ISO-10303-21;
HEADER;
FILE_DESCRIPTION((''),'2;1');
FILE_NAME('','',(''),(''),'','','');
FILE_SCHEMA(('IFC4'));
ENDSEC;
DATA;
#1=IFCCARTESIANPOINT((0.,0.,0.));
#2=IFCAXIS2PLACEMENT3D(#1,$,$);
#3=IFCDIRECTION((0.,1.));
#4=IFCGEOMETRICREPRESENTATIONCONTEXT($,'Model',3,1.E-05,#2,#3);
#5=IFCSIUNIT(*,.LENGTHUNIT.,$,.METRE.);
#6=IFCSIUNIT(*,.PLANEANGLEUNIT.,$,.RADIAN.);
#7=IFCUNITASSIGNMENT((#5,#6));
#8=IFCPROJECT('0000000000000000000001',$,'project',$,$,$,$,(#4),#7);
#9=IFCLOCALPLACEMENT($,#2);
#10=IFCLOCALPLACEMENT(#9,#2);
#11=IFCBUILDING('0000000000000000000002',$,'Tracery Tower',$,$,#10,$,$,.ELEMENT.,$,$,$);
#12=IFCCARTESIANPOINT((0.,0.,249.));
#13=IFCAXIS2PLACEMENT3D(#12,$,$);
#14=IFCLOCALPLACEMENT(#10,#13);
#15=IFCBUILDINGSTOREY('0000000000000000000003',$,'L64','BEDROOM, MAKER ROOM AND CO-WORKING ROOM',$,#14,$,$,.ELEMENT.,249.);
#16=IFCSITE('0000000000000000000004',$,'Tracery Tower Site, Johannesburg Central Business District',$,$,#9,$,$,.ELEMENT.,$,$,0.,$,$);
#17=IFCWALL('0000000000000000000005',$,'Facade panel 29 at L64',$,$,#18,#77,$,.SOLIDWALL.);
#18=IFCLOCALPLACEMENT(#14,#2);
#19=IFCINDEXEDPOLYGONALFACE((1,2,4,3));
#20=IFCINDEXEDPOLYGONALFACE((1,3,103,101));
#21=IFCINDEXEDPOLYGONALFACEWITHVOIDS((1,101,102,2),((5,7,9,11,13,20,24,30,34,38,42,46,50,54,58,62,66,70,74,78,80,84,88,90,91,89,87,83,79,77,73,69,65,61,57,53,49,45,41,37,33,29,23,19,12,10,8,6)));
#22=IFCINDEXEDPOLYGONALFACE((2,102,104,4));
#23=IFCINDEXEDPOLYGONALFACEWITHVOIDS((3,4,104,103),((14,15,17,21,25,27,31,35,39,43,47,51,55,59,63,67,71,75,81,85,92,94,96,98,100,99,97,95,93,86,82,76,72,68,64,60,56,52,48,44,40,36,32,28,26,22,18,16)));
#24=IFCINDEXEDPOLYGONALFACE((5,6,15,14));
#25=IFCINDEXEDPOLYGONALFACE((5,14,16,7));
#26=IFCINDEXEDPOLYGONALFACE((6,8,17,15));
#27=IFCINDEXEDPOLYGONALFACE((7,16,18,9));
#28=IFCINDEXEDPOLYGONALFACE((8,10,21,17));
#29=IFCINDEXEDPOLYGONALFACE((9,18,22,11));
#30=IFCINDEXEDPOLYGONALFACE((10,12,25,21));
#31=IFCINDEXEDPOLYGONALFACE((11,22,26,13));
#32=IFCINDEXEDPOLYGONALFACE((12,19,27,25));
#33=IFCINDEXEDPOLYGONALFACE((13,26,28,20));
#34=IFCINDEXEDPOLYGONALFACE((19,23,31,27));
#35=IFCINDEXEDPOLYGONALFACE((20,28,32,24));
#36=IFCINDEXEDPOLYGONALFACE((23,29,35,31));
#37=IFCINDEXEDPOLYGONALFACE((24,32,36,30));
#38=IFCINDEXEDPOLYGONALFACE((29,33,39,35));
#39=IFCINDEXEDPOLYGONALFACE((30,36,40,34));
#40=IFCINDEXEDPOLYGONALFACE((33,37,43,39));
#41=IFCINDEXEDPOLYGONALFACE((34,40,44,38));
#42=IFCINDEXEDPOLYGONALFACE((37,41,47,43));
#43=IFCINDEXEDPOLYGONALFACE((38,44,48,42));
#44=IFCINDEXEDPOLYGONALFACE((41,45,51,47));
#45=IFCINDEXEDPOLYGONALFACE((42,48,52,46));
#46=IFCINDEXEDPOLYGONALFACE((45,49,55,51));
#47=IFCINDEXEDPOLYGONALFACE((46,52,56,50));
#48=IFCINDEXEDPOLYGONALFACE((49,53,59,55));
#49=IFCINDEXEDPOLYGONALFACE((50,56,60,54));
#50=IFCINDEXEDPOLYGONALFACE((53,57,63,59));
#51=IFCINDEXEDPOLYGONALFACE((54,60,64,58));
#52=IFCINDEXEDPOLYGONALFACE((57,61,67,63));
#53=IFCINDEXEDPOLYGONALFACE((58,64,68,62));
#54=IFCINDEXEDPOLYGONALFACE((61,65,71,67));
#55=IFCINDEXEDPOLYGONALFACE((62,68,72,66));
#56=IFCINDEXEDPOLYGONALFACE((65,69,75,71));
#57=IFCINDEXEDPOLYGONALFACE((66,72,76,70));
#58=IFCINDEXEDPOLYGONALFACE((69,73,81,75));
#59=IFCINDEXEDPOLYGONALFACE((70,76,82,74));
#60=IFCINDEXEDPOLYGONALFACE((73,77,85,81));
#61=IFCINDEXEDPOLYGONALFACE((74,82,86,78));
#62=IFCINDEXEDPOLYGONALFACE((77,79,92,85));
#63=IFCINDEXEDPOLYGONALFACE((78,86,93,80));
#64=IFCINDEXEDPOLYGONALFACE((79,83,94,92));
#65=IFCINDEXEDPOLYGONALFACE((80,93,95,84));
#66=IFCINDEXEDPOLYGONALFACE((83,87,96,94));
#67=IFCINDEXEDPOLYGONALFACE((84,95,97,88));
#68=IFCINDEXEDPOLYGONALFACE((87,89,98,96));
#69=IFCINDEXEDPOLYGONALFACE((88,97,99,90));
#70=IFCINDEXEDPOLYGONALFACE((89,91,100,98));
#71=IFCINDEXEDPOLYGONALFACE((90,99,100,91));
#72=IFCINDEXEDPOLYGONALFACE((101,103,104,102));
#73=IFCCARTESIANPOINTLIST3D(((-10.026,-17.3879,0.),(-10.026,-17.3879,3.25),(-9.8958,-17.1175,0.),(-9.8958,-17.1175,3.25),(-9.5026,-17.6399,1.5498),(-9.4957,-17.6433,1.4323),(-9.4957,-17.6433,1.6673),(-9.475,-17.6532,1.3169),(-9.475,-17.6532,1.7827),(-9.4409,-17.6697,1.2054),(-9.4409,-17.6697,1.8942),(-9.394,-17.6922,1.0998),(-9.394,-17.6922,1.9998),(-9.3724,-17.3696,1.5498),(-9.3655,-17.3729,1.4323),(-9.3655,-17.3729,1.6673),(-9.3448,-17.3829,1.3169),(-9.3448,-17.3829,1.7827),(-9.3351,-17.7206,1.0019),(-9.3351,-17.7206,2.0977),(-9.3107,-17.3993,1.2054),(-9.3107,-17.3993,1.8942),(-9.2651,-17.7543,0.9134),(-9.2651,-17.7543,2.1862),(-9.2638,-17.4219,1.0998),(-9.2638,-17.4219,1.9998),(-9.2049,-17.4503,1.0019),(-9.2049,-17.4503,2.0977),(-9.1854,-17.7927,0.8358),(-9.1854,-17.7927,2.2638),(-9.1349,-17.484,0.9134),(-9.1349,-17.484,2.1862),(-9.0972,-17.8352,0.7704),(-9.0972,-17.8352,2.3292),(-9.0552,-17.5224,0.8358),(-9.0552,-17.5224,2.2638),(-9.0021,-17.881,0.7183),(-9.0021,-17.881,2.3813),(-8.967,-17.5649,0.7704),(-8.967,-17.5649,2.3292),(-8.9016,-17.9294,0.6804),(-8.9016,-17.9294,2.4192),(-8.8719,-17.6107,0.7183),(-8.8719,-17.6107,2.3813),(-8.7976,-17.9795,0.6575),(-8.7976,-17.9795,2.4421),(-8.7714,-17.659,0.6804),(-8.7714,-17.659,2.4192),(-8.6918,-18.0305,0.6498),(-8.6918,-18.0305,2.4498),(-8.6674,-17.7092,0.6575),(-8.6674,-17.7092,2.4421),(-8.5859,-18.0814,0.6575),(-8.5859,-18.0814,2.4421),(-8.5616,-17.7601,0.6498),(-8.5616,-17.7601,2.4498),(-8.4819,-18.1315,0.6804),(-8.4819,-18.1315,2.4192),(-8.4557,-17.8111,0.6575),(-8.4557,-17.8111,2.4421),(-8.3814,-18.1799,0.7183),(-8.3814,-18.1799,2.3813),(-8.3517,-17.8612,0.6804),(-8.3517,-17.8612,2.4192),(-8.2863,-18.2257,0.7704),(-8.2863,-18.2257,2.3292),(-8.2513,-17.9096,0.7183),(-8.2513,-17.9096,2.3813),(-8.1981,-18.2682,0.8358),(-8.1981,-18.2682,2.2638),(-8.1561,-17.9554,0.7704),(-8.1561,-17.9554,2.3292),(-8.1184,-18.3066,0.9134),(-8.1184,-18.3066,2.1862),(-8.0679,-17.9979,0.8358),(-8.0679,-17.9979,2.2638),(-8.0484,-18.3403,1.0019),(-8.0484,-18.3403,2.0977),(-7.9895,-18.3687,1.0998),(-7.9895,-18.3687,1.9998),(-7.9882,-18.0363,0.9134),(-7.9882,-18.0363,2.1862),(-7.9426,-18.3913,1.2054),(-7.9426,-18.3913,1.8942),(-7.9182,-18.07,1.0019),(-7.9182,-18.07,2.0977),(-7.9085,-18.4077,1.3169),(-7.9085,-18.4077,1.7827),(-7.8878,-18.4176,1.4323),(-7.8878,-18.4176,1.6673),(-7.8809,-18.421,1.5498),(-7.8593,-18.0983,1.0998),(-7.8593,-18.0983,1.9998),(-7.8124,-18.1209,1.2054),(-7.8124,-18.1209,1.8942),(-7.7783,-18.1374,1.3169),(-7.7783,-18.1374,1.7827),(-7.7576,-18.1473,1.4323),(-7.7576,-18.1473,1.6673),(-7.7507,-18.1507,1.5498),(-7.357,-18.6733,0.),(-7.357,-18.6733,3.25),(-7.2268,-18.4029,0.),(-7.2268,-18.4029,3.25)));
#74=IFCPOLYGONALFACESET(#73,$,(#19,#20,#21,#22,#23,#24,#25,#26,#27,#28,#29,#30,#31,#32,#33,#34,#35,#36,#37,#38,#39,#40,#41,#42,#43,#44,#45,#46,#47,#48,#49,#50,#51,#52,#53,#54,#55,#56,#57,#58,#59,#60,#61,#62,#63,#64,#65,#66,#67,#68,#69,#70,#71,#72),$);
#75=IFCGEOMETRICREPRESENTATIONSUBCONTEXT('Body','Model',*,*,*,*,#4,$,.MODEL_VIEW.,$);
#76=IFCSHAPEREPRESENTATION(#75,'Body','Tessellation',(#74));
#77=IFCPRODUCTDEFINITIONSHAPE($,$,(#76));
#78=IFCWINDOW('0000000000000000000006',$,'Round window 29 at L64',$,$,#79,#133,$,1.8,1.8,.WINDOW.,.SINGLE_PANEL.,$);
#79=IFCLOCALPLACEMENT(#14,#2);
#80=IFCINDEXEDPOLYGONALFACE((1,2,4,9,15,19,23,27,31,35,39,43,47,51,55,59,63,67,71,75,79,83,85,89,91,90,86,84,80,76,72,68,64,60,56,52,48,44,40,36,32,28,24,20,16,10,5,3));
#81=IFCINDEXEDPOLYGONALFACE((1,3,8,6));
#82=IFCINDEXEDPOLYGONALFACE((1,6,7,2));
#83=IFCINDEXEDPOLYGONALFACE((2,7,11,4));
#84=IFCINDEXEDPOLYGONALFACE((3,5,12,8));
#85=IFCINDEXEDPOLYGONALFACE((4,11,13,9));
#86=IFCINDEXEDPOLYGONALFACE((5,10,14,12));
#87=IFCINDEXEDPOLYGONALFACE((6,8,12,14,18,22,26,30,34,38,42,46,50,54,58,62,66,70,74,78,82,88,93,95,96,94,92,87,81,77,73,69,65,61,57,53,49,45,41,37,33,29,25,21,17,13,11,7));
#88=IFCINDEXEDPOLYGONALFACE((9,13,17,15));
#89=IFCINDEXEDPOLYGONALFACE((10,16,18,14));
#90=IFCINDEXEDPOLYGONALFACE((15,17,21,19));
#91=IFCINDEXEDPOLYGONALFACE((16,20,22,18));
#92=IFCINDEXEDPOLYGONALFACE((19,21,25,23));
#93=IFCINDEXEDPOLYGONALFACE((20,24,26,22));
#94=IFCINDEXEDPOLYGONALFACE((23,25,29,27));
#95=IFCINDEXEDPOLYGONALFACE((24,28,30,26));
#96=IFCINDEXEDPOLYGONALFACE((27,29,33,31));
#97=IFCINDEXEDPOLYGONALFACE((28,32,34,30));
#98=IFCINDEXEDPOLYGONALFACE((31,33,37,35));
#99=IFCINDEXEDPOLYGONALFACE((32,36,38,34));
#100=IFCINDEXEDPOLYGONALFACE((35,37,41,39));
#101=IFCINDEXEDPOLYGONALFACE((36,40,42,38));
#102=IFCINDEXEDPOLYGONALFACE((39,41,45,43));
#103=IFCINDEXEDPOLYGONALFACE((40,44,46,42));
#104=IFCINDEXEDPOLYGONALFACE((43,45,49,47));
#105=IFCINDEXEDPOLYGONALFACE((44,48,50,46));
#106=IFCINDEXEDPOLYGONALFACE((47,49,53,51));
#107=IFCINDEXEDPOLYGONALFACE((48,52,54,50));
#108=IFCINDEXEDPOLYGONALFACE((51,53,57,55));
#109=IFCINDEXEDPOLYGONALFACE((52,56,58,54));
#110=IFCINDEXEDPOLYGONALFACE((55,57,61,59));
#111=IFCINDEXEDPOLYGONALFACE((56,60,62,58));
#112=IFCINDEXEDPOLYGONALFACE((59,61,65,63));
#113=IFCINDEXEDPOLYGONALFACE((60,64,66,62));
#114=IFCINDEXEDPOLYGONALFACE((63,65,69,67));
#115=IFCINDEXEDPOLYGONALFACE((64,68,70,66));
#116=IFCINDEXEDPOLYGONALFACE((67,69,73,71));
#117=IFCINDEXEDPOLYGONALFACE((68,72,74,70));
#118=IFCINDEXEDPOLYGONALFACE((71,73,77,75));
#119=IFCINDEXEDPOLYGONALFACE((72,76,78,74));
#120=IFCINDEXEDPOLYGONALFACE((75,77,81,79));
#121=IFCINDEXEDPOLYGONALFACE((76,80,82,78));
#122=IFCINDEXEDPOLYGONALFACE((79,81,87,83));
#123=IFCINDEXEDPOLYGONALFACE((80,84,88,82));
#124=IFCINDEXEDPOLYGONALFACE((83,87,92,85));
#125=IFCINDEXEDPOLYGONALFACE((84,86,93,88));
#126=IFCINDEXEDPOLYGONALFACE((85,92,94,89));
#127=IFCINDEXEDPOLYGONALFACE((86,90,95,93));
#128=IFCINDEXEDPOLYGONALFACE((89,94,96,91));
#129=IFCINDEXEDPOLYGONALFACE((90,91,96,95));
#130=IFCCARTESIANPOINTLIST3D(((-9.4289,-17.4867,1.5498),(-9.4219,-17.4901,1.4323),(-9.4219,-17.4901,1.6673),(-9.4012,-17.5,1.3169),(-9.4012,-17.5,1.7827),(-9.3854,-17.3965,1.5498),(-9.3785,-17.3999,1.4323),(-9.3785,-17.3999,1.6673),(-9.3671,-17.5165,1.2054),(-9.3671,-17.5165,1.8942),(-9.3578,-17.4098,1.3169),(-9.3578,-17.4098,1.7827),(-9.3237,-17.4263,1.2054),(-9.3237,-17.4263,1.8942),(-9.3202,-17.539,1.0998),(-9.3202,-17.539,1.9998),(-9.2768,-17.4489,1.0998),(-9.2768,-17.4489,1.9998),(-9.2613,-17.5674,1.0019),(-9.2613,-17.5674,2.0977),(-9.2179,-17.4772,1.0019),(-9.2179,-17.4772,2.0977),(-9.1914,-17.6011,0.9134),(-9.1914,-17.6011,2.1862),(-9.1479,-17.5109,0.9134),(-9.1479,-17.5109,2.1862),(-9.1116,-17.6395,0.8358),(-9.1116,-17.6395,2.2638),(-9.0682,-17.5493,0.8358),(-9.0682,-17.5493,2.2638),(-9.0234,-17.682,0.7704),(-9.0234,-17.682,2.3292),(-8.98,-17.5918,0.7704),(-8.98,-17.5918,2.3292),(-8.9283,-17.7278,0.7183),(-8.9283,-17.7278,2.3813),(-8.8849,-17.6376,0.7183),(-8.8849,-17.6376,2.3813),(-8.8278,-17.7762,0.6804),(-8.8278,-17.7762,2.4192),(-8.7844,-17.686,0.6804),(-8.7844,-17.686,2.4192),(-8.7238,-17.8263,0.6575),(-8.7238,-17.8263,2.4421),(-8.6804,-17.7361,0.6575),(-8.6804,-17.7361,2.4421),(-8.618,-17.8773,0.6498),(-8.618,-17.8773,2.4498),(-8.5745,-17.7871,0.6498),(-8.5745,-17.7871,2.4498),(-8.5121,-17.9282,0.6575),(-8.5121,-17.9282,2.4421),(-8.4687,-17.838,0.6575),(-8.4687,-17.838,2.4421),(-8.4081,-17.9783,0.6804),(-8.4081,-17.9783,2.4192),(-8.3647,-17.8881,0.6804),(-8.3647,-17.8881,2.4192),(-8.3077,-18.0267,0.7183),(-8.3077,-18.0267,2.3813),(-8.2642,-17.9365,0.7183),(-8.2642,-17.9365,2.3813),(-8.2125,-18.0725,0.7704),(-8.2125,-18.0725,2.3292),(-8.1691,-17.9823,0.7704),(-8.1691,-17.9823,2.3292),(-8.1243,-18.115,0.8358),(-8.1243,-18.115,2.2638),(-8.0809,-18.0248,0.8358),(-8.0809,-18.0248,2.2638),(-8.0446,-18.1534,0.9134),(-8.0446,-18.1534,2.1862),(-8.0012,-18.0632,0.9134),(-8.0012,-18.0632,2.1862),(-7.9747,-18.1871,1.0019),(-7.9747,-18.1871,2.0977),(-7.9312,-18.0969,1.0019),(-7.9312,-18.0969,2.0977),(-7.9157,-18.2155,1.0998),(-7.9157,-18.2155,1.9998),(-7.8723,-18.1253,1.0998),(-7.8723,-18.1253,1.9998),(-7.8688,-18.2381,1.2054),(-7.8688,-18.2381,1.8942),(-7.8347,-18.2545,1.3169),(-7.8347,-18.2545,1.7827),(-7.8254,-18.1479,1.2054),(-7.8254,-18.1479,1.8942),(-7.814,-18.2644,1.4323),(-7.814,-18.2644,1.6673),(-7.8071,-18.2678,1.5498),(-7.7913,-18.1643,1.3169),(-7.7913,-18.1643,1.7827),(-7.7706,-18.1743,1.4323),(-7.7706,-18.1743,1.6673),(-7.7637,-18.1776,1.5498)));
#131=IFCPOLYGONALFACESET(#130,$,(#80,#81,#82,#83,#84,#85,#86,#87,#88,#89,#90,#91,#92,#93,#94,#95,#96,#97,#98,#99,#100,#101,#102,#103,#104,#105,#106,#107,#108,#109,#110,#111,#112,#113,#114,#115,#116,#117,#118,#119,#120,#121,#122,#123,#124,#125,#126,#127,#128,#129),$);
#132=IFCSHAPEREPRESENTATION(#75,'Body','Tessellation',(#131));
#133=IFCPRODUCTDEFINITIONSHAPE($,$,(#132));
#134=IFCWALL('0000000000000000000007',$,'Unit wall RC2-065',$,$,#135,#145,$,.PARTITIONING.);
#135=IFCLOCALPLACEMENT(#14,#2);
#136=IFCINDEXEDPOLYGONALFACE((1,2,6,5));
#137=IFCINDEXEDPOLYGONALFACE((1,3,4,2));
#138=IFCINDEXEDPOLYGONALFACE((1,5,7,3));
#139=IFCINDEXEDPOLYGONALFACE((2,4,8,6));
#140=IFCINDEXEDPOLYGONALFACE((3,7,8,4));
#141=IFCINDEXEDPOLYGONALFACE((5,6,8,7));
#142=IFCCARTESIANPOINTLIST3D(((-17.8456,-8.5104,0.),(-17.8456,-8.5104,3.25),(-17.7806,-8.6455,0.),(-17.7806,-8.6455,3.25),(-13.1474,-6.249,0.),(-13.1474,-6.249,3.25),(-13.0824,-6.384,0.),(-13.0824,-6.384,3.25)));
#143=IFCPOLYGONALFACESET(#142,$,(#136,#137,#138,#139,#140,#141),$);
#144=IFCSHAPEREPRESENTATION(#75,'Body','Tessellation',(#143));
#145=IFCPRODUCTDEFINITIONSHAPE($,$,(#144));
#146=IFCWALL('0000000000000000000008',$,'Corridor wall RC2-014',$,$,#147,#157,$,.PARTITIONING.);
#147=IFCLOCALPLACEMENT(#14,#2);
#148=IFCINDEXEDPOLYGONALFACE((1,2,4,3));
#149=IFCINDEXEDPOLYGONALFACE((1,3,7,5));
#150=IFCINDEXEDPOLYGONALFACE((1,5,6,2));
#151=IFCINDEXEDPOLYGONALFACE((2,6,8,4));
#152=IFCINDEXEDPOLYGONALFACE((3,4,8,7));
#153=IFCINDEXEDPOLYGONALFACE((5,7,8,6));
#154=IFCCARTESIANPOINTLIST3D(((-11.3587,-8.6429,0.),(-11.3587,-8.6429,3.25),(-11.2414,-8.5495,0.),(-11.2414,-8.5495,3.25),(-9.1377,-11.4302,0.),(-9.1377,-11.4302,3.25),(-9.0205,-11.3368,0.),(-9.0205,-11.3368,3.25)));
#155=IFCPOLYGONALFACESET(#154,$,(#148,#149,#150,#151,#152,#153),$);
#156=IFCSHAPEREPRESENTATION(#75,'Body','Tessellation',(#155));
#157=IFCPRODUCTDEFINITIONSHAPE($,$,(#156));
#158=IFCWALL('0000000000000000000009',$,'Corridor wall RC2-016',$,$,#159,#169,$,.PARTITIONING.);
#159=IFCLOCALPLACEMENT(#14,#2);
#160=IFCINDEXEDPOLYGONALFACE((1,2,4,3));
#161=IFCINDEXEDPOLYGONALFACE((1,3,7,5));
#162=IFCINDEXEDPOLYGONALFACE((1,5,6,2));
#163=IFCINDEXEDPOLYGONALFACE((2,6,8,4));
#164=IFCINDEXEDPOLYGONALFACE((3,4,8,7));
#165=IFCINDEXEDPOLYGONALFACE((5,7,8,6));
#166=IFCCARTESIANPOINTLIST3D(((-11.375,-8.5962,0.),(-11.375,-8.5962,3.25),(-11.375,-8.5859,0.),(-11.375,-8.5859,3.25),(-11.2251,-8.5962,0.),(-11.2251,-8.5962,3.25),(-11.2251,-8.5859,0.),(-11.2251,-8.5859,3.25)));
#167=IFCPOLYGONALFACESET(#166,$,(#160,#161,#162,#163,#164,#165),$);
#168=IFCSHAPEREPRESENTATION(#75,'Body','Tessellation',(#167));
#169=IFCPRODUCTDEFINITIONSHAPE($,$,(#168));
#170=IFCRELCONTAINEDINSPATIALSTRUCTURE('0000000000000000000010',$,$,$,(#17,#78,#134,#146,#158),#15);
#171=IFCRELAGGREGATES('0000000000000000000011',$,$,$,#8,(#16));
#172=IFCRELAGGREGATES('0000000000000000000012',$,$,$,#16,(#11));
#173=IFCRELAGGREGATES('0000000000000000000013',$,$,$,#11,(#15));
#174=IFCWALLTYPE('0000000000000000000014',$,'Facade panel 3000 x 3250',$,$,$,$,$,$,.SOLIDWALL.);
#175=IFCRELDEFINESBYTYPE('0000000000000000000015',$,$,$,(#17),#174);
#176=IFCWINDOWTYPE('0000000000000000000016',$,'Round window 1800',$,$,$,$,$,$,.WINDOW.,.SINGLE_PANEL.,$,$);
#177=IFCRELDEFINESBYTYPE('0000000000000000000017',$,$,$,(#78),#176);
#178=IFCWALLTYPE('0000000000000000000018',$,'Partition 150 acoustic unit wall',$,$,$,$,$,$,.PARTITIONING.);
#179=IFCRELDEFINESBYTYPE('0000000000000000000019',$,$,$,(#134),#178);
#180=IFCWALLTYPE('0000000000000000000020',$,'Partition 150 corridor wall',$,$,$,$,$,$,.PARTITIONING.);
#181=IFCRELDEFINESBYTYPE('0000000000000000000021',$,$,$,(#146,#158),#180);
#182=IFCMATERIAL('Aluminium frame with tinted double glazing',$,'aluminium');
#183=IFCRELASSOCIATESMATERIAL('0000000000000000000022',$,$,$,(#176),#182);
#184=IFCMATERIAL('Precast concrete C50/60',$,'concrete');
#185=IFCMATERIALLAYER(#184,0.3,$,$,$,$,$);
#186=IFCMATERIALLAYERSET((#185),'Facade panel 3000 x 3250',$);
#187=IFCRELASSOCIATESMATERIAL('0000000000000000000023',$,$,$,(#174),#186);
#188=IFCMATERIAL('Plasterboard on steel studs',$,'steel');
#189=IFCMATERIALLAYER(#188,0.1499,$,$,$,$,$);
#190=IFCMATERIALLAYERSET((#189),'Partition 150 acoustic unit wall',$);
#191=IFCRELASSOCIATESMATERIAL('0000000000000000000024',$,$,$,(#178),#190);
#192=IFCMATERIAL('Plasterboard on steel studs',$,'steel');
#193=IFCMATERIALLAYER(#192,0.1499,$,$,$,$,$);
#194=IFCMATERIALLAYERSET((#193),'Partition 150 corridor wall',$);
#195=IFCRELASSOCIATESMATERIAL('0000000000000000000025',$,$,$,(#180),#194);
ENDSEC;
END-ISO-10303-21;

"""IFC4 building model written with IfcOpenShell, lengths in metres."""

from ifc_helpers import new_model, si_unit, direction, frame, frame_2d, origin, origin_2d, place, context, subcontext, project, spatial, rectangle, circle, extrude, material, layer, layer_set, type_object, element, fill, save


model = new_model("IFC4")

# Units and contexts
model_context = context("Model", 3, precision=1e-05, world=origin(), true_north=direction((0.0, 1.0)))
body_context = subcontext(model_context, "Body", "Model", "MODEL_VIEW")
ifc_project = project(units=[si_unit("LENGTHUNIT", "METRE"), si_unit("PLANEANGLEUNIT", "RADIAN")], contexts=[model_context])

# Site, building, storey
site_placement = place(None, origin())
site = spatial("IfcSite", under=ifc_project, at=site_placement, Name="Tracery Tower Site, Johannesburg Central Business District", CompositionType="ELEMENT", RefElevation=0.0)
building_placement = place(site_placement, origin())
building = spatial("IfcBuilding", under=site, at=building_placement, Name="Tracery Tower", CompositionType="ELEMENT")
storey_placement = place(building_placement, frame((0.0, 0.0, 249.0)))
storey = spatial("IfcBuildingStorey", under=building, at=storey_placement, Name="L64", Description="BEDROOM, MAKER ROOM AND CO-WORKING ROOM", CompositionType="ELEMENT", Elevation=249.0)

# Wall, opening, window
ifc_material_1 = material(Name="Aluminium frame with tinted double glazing", Category="aluminium")
window_type = type_object("IfcWindowType", Name="Round window 1800", PartitioningType="SINGLE_PANEL", PredefinedType="WINDOW", material=ifc_material_1)
ifc_material_2 = material(Name="Precast concrete C50/60", Category="concrete")
ifc_layer_1 = layer(ifc_material_2, 0.3)
ifc_layer_set_1 = layer_set([ifc_layer_1], Name="Facade panel 3000 x 3250")
wall_type_1 = type_object("IfcWallType", Name="Facade panel 3000 x 3250", PredefinedType="SOLIDWALL", material=ifc_layer_set_1)
wall_1_placement = place(storey_placement, frame((-9.9609, -17.2527, 0.0), z_axis=(0.0, 0.0, 1.0), x_axis=(0.900955, -0.433912, 0.0)))
wall_1 = element("IfcWall", 1, at=wall_1_placement, inside=storey, type_object=wall_type_1, Name="Facade panel 29 at L64", PredefinedType="SOLIDWALL", context=body_context, shape_type="SweptSolid", body=[
    extrude(rectangle(XDim=2.9624, YDim=0.3, at=frame_2d((1.4812, 0.0))), origin(), (0.0, 0.0, 1.0), 3.25),
])
opening_1_placement = place(wall_1_placement, frame((1.481, 0.0, 1.5498)))
opening_1 = element("IfcOpeningElement", 2, at=opening_1_placement, cuts=wall_1, PredefinedType="OPENING", context=body_context, shape_type="SweptSolid", body=[
    extrude(circle(Radius=0.9, at=origin_2d()), frame((0.0, 0.1599, 0.0), z_axis=(0.0, -1.0, 0.0), x_axis=(1.0, 0.0, 0.0)), (0.0, 0.0, 1.0), 0.3201),
])
window_1_placement = place(opening_1_placement, origin())
window_1 = element("IfcWindow", 3, at=window_1_placement, inside=storey, type_object=window_type, Name="Round window 29 at L64", OverallHeight=1.8, OverallWidth=1.8, PartitioningType="SINGLE_PANEL", PredefinedType="WINDOW", context=body_context, shape_type="SweptSolid", body=[
    extrude(circle(Radius=0.9, at=origin_2d()), frame((0.0, 0.1201, 0.0), z_axis=(0.0, -1.0, 0.0), x_axis=(1.0, 0.0, 0.0)), (0.0, 0.0, 1.0), 0.1001),
])
fill(opening_1, window_1)

# Walls
ifc_material_3 = material(Name="Plasterboard on steel studs", Category="steel")
ifc_layer_2 = layer(ifc_material_3, 0.1499)
ifc_layer_set_2 = layer_set([ifc_layer_2], Name="Partition 150 acoustic unit wall")
wall_type_2 = type_object("IfcWallType", Name="Partition 150 acoustic unit wall", PredefinedType="PARTITIONING", material=ifc_layer_set_2)
wall_2_placement = place(storey_placement, frame((-17.813, -8.5779, 0.0), z_axis=(0.0, 0.0, 1.0), x_axis=(0.90105, 0.433716, 0.0)))
element("IfcWall", 4, at=wall_2_placement, inside=storey, type_object=wall_type_2, Name="Unit wall RC2-065", PredefinedType="PARTITIONING", context=body_context, shape_type="SweptSolid", body=[
    extrude(rectangle(XDim=5.2141, YDim=0.1499, at=frame_2d((2.6069, 0.0))), origin(), (0.0, 0.0, 1.0), 3.25),
])
ifc_material_4 = material(Name="Plasterboard on steel studs", Category="steel")
ifc_layer_3 = layer(ifc_material_4, 0.1499)
ifc_layer_set_3 = layer_set([ifc_layer_3], Name="Partition 150 corridor wall")
wall_type_3 = type_object("IfcWallType", Name="Partition 150 corridor wall", PredefinedType="PARTITIONING", material=ifc_layer_set_3)
wall_3_placement = place(storey_placement, frame((-11.3, -8.5962, 0.0), z_axis=(0.0, 0.0, 1.0), x_axis=(0.623165, -0.78209, 0.0)))
element("IfcWall", 5, at=wall_3_placement, inside=storey, type_object=wall_type_3, Name="Corridor wall RC2-014", PredefinedType="PARTITIONING", context=body_context, shape_type="SweptSolid", body=[
    extrude(rectangle(XDim=3.564, YDim=0.1499, at=frame_2d((1.782, 0.0))), origin(), (0.0, 0.0, 1.0), 3.25),
])
wall_4_placement = place(storey_placement, frame((-11.3, -8.5962, 0.0), z_axis=(0.0, 0.0, 1.0), x_axis=(0.0, 1.0, 0.0)))
element("IfcWall", 6, at=wall_4_placement, inside=storey, type_object=wall_type_3, Name="Corridor wall RC2-016", PredefinedType="PARTITIONING", context=body_context, shape_type="SweptSolid", body=[
    extrude(rectangle(XDim=0.0103, YDim=0.1499, at=frame_2d((0.0051, 0.0))), origin(), (0.0, 0.0, 1.0), 3.25),
])

save(model, "model.ifc")
